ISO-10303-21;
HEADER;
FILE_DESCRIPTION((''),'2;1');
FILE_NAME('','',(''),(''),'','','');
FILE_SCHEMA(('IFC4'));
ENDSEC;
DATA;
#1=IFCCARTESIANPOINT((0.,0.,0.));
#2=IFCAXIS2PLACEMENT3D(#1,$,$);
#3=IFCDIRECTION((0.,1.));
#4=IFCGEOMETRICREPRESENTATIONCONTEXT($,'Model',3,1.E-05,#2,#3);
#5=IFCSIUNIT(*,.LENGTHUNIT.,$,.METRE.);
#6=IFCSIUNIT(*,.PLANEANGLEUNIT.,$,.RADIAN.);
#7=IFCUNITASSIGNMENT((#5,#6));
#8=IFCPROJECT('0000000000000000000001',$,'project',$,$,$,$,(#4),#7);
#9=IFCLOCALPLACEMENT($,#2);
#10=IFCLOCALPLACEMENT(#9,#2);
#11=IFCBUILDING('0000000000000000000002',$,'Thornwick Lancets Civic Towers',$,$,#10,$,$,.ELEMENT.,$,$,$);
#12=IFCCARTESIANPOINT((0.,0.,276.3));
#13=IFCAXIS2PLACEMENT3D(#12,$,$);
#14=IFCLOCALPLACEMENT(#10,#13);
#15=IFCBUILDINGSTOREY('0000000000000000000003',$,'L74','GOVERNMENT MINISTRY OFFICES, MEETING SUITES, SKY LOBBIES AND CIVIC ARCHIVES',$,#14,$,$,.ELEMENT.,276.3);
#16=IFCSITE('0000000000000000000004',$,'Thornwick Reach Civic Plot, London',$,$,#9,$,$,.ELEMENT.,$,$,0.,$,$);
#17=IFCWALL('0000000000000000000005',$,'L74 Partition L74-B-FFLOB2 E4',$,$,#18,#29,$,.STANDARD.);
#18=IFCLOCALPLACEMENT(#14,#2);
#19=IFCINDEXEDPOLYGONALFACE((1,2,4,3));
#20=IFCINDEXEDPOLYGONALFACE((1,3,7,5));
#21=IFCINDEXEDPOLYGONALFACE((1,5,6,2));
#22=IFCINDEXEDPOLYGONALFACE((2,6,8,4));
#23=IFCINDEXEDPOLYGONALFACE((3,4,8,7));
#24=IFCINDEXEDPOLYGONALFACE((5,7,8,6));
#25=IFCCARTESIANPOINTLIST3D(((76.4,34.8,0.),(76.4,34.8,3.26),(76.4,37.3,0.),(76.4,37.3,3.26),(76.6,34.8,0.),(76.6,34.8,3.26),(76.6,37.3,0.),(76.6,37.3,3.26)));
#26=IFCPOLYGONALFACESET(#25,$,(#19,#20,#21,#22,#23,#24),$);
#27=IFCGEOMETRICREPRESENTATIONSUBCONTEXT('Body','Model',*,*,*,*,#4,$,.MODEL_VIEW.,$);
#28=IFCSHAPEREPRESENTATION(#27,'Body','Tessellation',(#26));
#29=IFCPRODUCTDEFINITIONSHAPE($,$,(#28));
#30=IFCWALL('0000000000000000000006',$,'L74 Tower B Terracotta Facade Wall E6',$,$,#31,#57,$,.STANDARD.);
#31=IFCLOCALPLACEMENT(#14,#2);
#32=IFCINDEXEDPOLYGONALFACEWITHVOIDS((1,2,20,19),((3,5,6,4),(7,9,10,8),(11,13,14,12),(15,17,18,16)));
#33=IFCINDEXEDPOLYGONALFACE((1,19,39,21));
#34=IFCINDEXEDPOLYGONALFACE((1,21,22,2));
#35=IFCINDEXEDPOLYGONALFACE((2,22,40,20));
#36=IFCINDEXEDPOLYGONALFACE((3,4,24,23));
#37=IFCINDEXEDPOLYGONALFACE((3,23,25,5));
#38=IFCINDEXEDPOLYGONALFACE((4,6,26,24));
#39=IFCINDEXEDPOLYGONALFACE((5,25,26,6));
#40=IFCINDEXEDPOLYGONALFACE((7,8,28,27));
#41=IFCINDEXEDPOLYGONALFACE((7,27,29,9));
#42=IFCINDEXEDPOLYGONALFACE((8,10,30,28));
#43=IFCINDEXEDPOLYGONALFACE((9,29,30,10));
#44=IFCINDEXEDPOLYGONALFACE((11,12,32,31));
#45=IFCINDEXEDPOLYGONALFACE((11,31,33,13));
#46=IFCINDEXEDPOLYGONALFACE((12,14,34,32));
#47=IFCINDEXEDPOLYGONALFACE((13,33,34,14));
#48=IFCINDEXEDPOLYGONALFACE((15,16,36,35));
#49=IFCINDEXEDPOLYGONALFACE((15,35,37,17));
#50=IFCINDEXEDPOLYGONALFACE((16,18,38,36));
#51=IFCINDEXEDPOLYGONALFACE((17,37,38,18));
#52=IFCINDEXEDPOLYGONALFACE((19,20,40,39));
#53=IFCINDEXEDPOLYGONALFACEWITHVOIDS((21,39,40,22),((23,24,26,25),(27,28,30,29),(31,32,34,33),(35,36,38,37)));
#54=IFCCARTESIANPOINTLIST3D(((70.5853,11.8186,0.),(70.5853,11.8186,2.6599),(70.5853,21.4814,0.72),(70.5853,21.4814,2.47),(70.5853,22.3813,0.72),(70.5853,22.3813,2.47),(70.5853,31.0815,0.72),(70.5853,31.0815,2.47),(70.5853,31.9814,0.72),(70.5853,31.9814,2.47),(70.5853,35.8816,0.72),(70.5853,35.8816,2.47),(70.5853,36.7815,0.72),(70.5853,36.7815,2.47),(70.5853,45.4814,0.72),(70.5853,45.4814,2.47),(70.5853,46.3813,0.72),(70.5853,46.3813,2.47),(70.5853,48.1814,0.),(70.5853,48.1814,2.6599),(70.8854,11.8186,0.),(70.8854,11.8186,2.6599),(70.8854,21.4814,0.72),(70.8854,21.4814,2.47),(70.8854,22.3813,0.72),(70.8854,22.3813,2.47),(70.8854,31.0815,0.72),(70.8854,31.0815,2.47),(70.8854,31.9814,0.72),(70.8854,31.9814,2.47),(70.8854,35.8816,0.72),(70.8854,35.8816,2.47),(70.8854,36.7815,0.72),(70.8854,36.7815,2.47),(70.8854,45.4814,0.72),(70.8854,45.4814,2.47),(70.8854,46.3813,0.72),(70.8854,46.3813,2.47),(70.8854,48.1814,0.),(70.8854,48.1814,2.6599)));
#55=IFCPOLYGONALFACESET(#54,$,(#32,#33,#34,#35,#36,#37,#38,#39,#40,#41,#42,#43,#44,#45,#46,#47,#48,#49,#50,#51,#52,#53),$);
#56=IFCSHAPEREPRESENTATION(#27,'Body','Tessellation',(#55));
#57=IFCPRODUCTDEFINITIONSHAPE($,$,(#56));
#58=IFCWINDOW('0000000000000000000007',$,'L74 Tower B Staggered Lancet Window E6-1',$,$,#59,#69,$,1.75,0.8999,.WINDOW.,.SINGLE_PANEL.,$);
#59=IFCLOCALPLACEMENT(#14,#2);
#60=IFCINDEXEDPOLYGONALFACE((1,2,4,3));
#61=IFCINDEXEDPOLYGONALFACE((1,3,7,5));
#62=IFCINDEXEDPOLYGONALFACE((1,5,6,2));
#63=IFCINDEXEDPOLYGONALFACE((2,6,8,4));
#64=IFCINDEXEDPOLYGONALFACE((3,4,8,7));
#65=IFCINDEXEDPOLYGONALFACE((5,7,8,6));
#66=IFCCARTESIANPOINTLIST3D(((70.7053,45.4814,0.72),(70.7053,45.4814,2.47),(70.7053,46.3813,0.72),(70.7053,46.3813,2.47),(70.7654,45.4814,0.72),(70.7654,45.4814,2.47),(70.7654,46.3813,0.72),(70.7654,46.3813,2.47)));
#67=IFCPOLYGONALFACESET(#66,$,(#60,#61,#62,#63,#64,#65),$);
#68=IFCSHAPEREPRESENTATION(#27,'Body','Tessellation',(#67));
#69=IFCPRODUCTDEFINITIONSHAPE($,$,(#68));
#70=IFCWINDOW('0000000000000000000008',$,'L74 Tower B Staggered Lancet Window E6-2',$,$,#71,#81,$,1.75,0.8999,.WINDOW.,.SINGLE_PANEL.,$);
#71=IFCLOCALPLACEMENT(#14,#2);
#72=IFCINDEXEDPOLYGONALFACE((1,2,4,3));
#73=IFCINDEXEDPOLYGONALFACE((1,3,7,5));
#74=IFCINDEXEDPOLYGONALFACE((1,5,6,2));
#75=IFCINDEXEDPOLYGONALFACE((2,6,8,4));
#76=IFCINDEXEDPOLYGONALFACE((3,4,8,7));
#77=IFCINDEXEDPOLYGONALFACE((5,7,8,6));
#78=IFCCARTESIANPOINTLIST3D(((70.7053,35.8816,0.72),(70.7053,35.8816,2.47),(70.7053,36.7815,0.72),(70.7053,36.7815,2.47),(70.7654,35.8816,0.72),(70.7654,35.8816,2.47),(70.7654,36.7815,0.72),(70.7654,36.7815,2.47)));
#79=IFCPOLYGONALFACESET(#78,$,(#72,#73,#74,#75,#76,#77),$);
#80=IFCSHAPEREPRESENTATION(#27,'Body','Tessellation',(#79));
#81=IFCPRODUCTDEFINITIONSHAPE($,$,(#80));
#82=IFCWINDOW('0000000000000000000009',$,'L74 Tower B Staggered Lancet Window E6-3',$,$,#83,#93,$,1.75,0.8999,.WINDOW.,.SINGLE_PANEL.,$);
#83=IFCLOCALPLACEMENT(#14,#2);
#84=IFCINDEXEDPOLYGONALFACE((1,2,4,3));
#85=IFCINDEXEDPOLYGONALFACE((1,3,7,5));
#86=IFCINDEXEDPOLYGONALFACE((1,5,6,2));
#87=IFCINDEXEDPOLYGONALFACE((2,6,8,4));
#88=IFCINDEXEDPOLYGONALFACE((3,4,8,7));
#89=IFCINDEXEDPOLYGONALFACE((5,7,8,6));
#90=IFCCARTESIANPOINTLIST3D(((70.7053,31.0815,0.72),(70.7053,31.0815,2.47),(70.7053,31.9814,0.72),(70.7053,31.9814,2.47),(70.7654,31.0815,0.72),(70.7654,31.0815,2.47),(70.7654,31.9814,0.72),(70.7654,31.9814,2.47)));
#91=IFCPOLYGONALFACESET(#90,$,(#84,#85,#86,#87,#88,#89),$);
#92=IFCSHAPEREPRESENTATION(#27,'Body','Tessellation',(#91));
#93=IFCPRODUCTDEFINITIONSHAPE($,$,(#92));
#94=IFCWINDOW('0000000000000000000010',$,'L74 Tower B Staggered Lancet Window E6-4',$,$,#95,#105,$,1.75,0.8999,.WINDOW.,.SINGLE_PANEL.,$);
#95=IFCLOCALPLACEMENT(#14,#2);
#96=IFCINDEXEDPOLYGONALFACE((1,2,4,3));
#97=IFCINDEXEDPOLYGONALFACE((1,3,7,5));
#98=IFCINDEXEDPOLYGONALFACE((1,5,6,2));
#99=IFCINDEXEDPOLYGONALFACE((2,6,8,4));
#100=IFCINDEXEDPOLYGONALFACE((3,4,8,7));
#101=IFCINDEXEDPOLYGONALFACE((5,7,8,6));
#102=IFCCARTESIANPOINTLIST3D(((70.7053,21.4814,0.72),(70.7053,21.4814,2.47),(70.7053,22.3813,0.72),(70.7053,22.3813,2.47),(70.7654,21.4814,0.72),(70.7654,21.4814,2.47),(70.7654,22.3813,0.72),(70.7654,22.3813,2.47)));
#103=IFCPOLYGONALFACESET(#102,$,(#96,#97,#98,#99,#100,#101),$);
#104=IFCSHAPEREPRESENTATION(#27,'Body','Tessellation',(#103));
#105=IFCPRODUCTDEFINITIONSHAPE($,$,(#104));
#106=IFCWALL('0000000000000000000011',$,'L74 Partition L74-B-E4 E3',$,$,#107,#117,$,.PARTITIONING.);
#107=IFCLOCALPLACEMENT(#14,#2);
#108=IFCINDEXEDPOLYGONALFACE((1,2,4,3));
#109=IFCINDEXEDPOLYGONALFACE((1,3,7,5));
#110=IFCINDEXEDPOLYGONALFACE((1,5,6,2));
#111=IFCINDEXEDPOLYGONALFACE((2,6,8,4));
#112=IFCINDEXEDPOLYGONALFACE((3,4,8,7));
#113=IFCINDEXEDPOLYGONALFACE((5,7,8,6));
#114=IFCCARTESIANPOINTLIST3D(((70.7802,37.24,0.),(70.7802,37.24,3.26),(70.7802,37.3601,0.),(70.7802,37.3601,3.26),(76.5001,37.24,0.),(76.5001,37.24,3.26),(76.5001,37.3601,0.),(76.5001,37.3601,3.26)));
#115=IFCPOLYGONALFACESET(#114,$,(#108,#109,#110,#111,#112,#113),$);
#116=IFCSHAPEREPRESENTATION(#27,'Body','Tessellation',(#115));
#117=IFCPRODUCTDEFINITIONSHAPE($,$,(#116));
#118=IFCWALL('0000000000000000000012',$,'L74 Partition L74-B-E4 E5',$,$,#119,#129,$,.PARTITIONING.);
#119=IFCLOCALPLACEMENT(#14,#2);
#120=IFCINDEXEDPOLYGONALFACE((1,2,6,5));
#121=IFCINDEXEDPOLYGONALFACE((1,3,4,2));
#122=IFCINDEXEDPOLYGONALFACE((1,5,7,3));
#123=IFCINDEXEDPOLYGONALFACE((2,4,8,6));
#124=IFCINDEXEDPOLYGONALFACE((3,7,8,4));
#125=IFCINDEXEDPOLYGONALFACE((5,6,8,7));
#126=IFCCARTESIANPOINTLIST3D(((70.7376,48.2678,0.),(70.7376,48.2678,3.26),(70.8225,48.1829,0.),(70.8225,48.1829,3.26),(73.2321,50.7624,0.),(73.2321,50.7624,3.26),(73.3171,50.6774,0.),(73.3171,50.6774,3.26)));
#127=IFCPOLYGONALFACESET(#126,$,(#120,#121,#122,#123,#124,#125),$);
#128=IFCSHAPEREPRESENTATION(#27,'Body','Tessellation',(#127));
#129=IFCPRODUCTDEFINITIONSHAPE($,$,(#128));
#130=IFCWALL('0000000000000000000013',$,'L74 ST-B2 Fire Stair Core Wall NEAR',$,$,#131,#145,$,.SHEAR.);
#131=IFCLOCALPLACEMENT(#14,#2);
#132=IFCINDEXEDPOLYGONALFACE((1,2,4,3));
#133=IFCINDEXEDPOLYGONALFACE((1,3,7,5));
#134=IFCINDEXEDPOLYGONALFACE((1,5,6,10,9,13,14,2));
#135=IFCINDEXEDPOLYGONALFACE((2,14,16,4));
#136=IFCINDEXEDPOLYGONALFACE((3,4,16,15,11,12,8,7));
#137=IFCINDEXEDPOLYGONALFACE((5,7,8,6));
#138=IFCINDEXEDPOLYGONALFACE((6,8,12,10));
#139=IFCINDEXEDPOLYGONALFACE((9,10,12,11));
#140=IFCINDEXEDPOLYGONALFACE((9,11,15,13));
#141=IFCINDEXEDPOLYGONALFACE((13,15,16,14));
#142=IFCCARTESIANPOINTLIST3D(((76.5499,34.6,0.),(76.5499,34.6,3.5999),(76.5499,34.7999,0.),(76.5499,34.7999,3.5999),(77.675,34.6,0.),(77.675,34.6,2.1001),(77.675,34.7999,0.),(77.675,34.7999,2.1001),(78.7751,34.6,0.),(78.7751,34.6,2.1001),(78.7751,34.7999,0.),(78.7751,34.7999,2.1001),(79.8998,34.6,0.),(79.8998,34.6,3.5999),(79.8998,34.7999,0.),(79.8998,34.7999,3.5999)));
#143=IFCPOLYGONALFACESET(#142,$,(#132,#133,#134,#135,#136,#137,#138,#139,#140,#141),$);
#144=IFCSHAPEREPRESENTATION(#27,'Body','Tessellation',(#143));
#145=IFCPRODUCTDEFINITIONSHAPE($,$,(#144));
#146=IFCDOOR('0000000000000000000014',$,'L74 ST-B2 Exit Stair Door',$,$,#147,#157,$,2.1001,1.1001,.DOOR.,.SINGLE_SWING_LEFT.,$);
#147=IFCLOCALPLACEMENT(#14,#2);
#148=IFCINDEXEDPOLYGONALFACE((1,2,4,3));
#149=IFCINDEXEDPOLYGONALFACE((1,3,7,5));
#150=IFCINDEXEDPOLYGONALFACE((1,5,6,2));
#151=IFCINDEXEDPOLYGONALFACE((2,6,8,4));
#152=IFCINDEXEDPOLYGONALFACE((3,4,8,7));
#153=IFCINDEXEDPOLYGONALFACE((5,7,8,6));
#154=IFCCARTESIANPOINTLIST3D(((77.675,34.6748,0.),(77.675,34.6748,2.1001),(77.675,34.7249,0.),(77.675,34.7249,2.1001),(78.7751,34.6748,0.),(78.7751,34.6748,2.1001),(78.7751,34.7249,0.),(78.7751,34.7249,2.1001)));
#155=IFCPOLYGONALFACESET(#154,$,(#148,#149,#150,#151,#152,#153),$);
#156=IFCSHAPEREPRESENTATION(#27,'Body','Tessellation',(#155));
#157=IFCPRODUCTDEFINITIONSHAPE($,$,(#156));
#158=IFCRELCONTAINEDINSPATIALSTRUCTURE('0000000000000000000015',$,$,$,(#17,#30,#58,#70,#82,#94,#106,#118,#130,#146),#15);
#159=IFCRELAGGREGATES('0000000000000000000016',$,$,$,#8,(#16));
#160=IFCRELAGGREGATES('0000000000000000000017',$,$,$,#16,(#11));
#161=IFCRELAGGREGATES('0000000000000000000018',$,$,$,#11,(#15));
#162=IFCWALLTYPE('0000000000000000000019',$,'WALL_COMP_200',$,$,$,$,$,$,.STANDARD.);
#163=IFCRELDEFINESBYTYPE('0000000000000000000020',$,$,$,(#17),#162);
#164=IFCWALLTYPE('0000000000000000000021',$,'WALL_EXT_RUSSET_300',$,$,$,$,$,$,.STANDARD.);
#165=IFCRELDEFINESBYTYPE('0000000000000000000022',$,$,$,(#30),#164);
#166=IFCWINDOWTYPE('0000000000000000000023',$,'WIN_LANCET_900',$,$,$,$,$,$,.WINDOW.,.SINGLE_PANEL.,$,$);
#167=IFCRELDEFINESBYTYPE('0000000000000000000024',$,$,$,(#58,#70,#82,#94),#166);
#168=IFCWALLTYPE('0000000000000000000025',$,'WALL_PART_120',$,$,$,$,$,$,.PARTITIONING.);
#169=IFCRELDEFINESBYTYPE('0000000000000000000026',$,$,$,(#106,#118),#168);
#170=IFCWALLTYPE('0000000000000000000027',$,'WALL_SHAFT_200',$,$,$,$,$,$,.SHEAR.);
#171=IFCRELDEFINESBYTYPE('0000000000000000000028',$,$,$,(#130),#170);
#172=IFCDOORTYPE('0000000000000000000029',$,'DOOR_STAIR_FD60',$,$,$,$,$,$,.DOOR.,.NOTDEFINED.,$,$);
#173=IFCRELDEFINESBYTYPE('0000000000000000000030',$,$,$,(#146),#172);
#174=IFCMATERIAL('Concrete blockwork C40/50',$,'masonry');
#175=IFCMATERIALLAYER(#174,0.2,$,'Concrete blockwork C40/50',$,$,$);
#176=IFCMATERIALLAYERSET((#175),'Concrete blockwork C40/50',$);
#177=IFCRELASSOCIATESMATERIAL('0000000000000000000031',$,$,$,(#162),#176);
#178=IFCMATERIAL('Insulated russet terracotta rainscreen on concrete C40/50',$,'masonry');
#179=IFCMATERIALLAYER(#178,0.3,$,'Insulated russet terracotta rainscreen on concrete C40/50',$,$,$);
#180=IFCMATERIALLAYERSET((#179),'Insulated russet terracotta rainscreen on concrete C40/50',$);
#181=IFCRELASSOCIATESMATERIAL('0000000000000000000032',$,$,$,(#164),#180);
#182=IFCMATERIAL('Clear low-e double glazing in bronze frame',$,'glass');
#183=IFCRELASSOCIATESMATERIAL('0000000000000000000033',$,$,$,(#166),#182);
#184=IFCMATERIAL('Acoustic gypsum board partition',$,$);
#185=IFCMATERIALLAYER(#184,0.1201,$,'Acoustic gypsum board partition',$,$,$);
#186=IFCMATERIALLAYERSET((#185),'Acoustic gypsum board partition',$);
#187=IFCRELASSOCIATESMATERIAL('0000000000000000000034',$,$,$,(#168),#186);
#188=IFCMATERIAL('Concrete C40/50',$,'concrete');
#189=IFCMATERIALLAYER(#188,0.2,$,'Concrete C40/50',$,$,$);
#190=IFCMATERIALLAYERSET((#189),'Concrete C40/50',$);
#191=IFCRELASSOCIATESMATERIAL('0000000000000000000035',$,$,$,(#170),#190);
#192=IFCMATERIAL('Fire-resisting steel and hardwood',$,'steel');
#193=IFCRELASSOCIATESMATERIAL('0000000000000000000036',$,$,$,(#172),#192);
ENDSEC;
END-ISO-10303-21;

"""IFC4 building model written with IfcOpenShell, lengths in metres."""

from ifc_helpers import new_model, si_unit, direction, frame, frame_2d, origin, place, context, subcontext, project, spatial, rectangle, extrude, material, layer, layer_set, type_object, element, fill, save


model = new_model("IFC4")

# Units and contexts
model_context = context("Model", 3, precision=1e-05, world=origin(), true_north=direction((0.0, 1.0)))
body_context = subcontext(model_context, "Body", "Model", "MODEL_VIEW")
ifc_project = project(units=[si_unit("LENGTHUNIT", "METRE"), si_unit("PLANEANGLEUNIT", "RADIAN")], contexts=[model_context])

# Site, building, storey
site_placement = place(None, origin())
site = spatial("IfcSite", under=ifc_project, at=site_placement, Name="Thornwick Reach Civic Plot, London", CompositionType="ELEMENT", RefElevation=0.0)
building_placement = place(site_placement, origin())
building = spatial("IfcBuilding", under=site, at=building_placement, Name="Thornwick Lancets Civic Towers", CompositionType="ELEMENT")
storey_placement = place(building_placement, frame((0.0, 0.0, 276.3)))
storey = spatial("IfcBuildingStorey", under=building, at=storey_placement, Name="L74", Description="GOVERNMENT MINISTRY OFFICES, MEETING SUITES, SKY LOBBIES AND CIVIC ARCHIVES", CompositionType="ELEMENT", Elevation=276.3)

# Shared definitions
ifc_material_1 = material(Name="Concrete C40/50", Category="concrete")

# Wall
ifc_material_2 = material(Name="Concrete blockwork C40/50", Category="masonry")
ifc_layer_1 = layer(ifc_material_2, 0.2, Name="Concrete blockwork C40/50")
ifc_layer_set_1 = layer_set([ifc_layer_1], Name="Concrete blockwork C40/50")
wall_type_1 = type_object("IfcWallType", Name="WALL_COMP_200", PredefinedType="STANDARD", material=ifc_layer_set_1)
wall_1_placement = place(storey_placement, frame((76.5, 37.3, 0.0), z_axis=(0.0, 0.0, 1.0), x_axis=(0.0, -1.0, 0.0)))
element("IfcWall", 1, at=wall_1_placement, inside=storey, type_object=wall_type_1, Name="L74 Partition L74-B-FFLOB2 E4", PredefinedType="STANDARD", context=body_context, shape_type="SweptSolid", body=[
    extrude(rectangle(XDim=2.5, YDim=0.2, at=frame_2d((1.25, 0.0))), origin(), (0.0, 0.0, 1.0), 3.26),
])

# Wall, openings, windows
ifc_material_3 = material(Name="Insulated russet terracotta rainscreen on concrete C40/50", Category="masonry")
ifc_layer_2 = layer(ifc_material_3, 0.3, Name="Insulated russet terracotta rainscreen on concrete C40/50")
ifc_layer_set_2 = layer_set([ifc_layer_2], Name="Insulated russet terracotta rainscreen on concrete C40/50")
wall_type_2 = type_object("IfcWallType", Name="WALL_EXT_RUSSET_300", PredefinedType="STANDARD", material=ifc_layer_set_2)
wall_2_placement = place(storey_placement, frame((70.7354, 48.1814, 0.0), z_axis=(0.0, 0.0, 1.0), x_axis=(0.0, -1.0, 0.0)))
wall_2 = element("IfcWall", 2, at=wall_2_placement, inside=storey, type_object=wall_type_2, Name="L74 Tower B Terracotta Facade Wall E6", PredefinedType="STANDARD", context=body_context, shape_type="SweptSolid", body=[
    extrude(rectangle(XDim=36.3628, YDim=0.3, at=frame_2d((18.1814, 0.0))), origin(), (0.0, 0.0, 1.0), 2.6599),
])
opening_1_placement = place(wall_2_placement, frame((1.8, 0.0, 0.72)))
opening_1 = element("IfcOpeningElement", 3, at=opening_1_placement, cuts=wall_2, PredefinedType="OPENING", context=body_context, shape_type="SweptSolid", body=[
    extrude(rectangle(XDim=0.8999, YDim=1.75, at=frame_2d((0.45, 0.875))), frame((0.0, 0.1602, 0.0), z_axis=(0.0, -1.0, 0.0), x_axis=(1.0, 0.0, 0.0)), (0.0, 0.0, 1.0), 0.3201),
])
opening_2_placement = place(wall_2_placement, frame((11.3999, 0.0, 0.72)))
opening_2 = element("IfcOpeningElement", 4, at=opening_2_placement, cuts=wall_2, PredefinedType="OPENING", context=body_context, shape_type="SweptSolid", body=[
    extrude(rectangle(XDim=0.8999, YDim=1.75, at=frame_2d((0.45, 0.875))), frame((0.0, 0.1602, 0.0), z_axis=(0.0, -1.0, 0.0), x_axis=(1.0, 0.0, 0.0)), (0.0, 0.0, 1.0), 0.3201),
])
opening_3_placement = place(wall_2_placement, frame((16.2, 0.0, 0.72)))
opening_3 = element("IfcOpeningElement", 5, at=opening_3_placement, cuts=wall_2, PredefinedType="OPENING", context=body_context, shape_type="SweptSolid", body=[
    extrude(rectangle(XDim=0.8999, YDim=1.75, at=frame_2d((0.45, 0.875))), frame((0.0, 0.1602, 0.0), z_axis=(0.0, -1.0, 0.0), x_axis=(1.0, 0.0, 0.0)), (0.0, 0.0, 1.0), 0.3201),
])
opening_4_placement = place(wall_2_placement, frame((25.8, 0.0, 0.72)))
opening_4 = element("IfcOpeningElement", 6, at=opening_4_placement, cuts=wall_2, PredefinedType="OPENING", context=body_context, shape_type="SweptSolid", body=[
    extrude(rectangle(XDim=0.8999, YDim=1.75, at=frame_2d((0.45, 0.875))), frame((0.0, 0.1602, 0.0), z_axis=(0.0, -1.0, 0.0), x_axis=(1.0, 0.0, 0.0)), (0.0, 0.0, 1.0), 0.3201),
])
ifc_material_4 = material(Name="Clear low-e double glazing in bronze frame", Category="glass")
window_type = type_object("IfcWindowType", Name="WIN_LANCET_900", PartitioningType="SINGLE_PANEL", PredefinedType="WINDOW", material=ifc_material_4)
window_1_placement = place(opening_1_placement, origin())
window_1 = element("IfcWindow", 7, at=window_1_placement, inside=storey, type_object=window_type, Name="L74 Tower B Staggered Lancet Window E6-1", OverallHeight=1.75, OverallWidth=0.8999, PartitioningType="SINGLE_PANEL", PredefinedType="WINDOW", context=body_context, shape_type="SweptSolid", body=[
    extrude(rectangle(XDim=0.8999, YDim=1.75, at=frame_2d((0.45, 0.875))), frame((0.0, 0.03, 0.0), z_axis=(0.0, -1.0, 0.0), x_axis=(1.0, 0.0, 0.0)), (0.0, 0.0, 1.0), 0.0601),
])
fill(opening_1, window_1)
window_2_placement = place(opening_2_placement, origin())
window_2 = element("IfcWindow", 8, at=window_2_placement, inside=storey, type_object=window_type, Name="L74 Tower B Staggered Lancet Window E6-2", OverallHeight=1.75, OverallWidth=0.8999, PartitioningType="SINGLE_PANEL", PredefinedType="WINDOW", context=body_context, shape_type="SweptSolid", body=[
    extrude(rectangle(XDim=0.8999, YDim=1.75, at=frame_2d((0.45, 0.875))), frame((0.0, 0.03, 0.0), z_axis=(0.0, -1.0, 0.0), x_axis=(1.0, 0.0, 0.0)), (0.0, 0.0, 1.0), 0.0601),
])
fill(opening_2, window_2)
window_3_placement = place(opening_3_placement, origin())
window_3 = element("IfcWindow", 9, at=window_3_placement, inside=storey, type_object=window_type, Name="L74 Tower B Staggered Lancet Window E6-3", OverallHeight=1.75, OverallWidth=0.8999, PartitioningType="SINGLE_PANEL", PredefinedType="WINDOW", context=body_context, shape_type="SweptSolid", body=[
    extrude(rectangle(XDim=0.8999, YDim=1.75, at=frame_2d((0.45, 0.875))), frame((0.0, 0.03, 0.0), z_axis=(0.0, -1.0, 0.0), x_axis=(1.0, 0.0, 0.0)), (0.0, 0.0, 1.0), 0.0601),
])
fill(opening_3, window_3)
window_4_placement = place(opening_4_placement, origin())
window_4 = element("IfcWindow", 10, at=window_4_placement, inside=storey, type_object=window_type, Name="L74 Tower B Staggered Lancet Window E6-4", OverallHeight=1.75, OverallWidth=0.8999, PartitioningType="SINGLE_PANEL", PredefinedType="WINDOW", context=body_context, shape_type="SweptSolid", body=[
    extrude(rectangle(XDim=0.8999, YDim=1.75, at=frame_2d((0.45, 0.875))), frame((0.0, 0.03, 0.0), z_axis=(0.0, -1.0, 0.0), x_axis=(1.0, 0.0, 0.0)), (0.0, 0.0, 1.0), 0.0601),
])
fill(opening_4, window_4)

# Walls
ifc_material_5 = material(Name="Acoustic gypsum board partition")
ifc_layer_3 = layer(ifc_material_5, 0.1201, Name="Acoustic gypsum board partition")
ifc_layer_set_3 = layer_set([ifc_layer_3], Name="Acoustic gypsum board partition")
wall_type_3 = type_object("IfcWallType", Name="WALL_PART_120", PredefinedType="PARTITIONING", material=ifc_layer_set_3)
wall_3_placement = place(storey_placement, frame((76.5, 37.3, 0.0), z_axis=(0.0, 0.0, 1.0), x_axis=(-1.0, 0.0, 0.0)))
element("IfcWall", 11, at=wall_3_placement, inside=storey, type_object=wall_type_3, Name="L74 Partition L74-B-E4 E3", PredefinedType="PARTITIONING", context=body_context, shape_type="SweptSolid", body=[
    extrude(rectangle(XDim=5.72, YDim=0.1201, at=frame_2d((2.8599, 0.0))), origin(), (0.0, 0.0, 1.0), 3.26),
])
wall_4_placement = place(storey_placement, frame((70.78, 48.2253, 0.0), z_axis=(0.0, 0.0, 1.0), x_axis=(0.707107, 0.707107, 0.0)))
element("IfcWall", 12, at=wall_4_placement, inside=storey, type_object=wall_type_3, Name="L74 Partition L74-B-E4 E5", PredefinedType="PARTITIONING", context=body_context, shape_type="SweptSolid", body=[
    extrude(rectangle(XDim=3.5278, YDim=0.1201, at=frame_2d((1.7639, 0.0))), origin(), (0.0, 0.0, 1.0), 3.26),
])

# Wall, opening, door
ifc_layer_4 = layer(ifc_material_1, 0.2, Name="Concrete C40/50")
ifc_layer_set_4 = layer_set([ifc_layer_4], Name="Concrete C40/50")
wall_type_4 = type_object("IfcWallType", Name="WALL_SHAFT_200", PredefinedType="SHEAR", material=ifc_layer_set_4)
wall_5_placement = place(storey_placement, frame((76.55, 34.7, 0.0), z_axis=(0.0, 0.0, 1.0), x_axis=(1.0, 0.0, 0.0)))
wall_5 = element("IfcWall", 13, at=wall_5_placement, inside=storey, type_object=wall_type_4, Name="L74 ST-B2 Fire Stair Core Wall NEAR", PredefinedType="SHEAR", context=body_context, shape_type="SweptSolid", body=[
    extrude(rectangle(XDim=3.3499, YDim=0.2, at=frame_2d((1.6748, 0.0))), origin(), (0.0, 0.0, 1.0), 3.5999),
])
opening_5_placement = place(wall_5_placement, frame((1.125, 0.0, 0.0)))
opening_5 = element("IfcOpeningElement", 14, at=opening_5_placement, cuts=wall_5, PredefinedType="OPENING", context=body_context, shape_type="SweptSolid", body=[
    extrude(rectangle(XDim=1.1001, YDim=2.1001, at=frame_2d((0.55, 1.05))), frame((0.0, 0.1099, 0.0), z_axis=(0.0, -1.0, 0.0), x_axis=(1.0, 0.0, 0.0)), (0.0, 0.0, 1.0), 0.22),
])
ifc_material_6 = material(Name="Fire-resisting steel and hardwood", Category="steel")
door_type = type_object("IfcDoorType", Name="DOOR_STAIR_FD60", OperationType="NOTDEFINED", PredefinedType="DOOR", material=ifc_material_6)
door_placement = place(opening_5_placement, origin())
door = element("IfcDoor", 15, at=door_placement, inside=storey, type_object=door_type, Name="L74 ST-B2 Exit Stair Door", OperationType="SINGLE_SWING_LEFT", OverallHeight=2.1001, OverallWidth=1.1001, PredefinedType="DOOR", context=body_context, shape_type="SweptSolid", body=[
    extrude(rectangle(XDim=1.1001, YDim=2.1001, at=frame_2d((0.55, 1.05))), frame((0.0, 0.0249, 0.0), z_axis=(0.0, -1.0, 0.0), x_axis=(1.0, 0.0, 0.0)), (0.0, 0.0, 1.0), 0.05),
])
fill(opening_5, door)

save(model, "model.ifc")
